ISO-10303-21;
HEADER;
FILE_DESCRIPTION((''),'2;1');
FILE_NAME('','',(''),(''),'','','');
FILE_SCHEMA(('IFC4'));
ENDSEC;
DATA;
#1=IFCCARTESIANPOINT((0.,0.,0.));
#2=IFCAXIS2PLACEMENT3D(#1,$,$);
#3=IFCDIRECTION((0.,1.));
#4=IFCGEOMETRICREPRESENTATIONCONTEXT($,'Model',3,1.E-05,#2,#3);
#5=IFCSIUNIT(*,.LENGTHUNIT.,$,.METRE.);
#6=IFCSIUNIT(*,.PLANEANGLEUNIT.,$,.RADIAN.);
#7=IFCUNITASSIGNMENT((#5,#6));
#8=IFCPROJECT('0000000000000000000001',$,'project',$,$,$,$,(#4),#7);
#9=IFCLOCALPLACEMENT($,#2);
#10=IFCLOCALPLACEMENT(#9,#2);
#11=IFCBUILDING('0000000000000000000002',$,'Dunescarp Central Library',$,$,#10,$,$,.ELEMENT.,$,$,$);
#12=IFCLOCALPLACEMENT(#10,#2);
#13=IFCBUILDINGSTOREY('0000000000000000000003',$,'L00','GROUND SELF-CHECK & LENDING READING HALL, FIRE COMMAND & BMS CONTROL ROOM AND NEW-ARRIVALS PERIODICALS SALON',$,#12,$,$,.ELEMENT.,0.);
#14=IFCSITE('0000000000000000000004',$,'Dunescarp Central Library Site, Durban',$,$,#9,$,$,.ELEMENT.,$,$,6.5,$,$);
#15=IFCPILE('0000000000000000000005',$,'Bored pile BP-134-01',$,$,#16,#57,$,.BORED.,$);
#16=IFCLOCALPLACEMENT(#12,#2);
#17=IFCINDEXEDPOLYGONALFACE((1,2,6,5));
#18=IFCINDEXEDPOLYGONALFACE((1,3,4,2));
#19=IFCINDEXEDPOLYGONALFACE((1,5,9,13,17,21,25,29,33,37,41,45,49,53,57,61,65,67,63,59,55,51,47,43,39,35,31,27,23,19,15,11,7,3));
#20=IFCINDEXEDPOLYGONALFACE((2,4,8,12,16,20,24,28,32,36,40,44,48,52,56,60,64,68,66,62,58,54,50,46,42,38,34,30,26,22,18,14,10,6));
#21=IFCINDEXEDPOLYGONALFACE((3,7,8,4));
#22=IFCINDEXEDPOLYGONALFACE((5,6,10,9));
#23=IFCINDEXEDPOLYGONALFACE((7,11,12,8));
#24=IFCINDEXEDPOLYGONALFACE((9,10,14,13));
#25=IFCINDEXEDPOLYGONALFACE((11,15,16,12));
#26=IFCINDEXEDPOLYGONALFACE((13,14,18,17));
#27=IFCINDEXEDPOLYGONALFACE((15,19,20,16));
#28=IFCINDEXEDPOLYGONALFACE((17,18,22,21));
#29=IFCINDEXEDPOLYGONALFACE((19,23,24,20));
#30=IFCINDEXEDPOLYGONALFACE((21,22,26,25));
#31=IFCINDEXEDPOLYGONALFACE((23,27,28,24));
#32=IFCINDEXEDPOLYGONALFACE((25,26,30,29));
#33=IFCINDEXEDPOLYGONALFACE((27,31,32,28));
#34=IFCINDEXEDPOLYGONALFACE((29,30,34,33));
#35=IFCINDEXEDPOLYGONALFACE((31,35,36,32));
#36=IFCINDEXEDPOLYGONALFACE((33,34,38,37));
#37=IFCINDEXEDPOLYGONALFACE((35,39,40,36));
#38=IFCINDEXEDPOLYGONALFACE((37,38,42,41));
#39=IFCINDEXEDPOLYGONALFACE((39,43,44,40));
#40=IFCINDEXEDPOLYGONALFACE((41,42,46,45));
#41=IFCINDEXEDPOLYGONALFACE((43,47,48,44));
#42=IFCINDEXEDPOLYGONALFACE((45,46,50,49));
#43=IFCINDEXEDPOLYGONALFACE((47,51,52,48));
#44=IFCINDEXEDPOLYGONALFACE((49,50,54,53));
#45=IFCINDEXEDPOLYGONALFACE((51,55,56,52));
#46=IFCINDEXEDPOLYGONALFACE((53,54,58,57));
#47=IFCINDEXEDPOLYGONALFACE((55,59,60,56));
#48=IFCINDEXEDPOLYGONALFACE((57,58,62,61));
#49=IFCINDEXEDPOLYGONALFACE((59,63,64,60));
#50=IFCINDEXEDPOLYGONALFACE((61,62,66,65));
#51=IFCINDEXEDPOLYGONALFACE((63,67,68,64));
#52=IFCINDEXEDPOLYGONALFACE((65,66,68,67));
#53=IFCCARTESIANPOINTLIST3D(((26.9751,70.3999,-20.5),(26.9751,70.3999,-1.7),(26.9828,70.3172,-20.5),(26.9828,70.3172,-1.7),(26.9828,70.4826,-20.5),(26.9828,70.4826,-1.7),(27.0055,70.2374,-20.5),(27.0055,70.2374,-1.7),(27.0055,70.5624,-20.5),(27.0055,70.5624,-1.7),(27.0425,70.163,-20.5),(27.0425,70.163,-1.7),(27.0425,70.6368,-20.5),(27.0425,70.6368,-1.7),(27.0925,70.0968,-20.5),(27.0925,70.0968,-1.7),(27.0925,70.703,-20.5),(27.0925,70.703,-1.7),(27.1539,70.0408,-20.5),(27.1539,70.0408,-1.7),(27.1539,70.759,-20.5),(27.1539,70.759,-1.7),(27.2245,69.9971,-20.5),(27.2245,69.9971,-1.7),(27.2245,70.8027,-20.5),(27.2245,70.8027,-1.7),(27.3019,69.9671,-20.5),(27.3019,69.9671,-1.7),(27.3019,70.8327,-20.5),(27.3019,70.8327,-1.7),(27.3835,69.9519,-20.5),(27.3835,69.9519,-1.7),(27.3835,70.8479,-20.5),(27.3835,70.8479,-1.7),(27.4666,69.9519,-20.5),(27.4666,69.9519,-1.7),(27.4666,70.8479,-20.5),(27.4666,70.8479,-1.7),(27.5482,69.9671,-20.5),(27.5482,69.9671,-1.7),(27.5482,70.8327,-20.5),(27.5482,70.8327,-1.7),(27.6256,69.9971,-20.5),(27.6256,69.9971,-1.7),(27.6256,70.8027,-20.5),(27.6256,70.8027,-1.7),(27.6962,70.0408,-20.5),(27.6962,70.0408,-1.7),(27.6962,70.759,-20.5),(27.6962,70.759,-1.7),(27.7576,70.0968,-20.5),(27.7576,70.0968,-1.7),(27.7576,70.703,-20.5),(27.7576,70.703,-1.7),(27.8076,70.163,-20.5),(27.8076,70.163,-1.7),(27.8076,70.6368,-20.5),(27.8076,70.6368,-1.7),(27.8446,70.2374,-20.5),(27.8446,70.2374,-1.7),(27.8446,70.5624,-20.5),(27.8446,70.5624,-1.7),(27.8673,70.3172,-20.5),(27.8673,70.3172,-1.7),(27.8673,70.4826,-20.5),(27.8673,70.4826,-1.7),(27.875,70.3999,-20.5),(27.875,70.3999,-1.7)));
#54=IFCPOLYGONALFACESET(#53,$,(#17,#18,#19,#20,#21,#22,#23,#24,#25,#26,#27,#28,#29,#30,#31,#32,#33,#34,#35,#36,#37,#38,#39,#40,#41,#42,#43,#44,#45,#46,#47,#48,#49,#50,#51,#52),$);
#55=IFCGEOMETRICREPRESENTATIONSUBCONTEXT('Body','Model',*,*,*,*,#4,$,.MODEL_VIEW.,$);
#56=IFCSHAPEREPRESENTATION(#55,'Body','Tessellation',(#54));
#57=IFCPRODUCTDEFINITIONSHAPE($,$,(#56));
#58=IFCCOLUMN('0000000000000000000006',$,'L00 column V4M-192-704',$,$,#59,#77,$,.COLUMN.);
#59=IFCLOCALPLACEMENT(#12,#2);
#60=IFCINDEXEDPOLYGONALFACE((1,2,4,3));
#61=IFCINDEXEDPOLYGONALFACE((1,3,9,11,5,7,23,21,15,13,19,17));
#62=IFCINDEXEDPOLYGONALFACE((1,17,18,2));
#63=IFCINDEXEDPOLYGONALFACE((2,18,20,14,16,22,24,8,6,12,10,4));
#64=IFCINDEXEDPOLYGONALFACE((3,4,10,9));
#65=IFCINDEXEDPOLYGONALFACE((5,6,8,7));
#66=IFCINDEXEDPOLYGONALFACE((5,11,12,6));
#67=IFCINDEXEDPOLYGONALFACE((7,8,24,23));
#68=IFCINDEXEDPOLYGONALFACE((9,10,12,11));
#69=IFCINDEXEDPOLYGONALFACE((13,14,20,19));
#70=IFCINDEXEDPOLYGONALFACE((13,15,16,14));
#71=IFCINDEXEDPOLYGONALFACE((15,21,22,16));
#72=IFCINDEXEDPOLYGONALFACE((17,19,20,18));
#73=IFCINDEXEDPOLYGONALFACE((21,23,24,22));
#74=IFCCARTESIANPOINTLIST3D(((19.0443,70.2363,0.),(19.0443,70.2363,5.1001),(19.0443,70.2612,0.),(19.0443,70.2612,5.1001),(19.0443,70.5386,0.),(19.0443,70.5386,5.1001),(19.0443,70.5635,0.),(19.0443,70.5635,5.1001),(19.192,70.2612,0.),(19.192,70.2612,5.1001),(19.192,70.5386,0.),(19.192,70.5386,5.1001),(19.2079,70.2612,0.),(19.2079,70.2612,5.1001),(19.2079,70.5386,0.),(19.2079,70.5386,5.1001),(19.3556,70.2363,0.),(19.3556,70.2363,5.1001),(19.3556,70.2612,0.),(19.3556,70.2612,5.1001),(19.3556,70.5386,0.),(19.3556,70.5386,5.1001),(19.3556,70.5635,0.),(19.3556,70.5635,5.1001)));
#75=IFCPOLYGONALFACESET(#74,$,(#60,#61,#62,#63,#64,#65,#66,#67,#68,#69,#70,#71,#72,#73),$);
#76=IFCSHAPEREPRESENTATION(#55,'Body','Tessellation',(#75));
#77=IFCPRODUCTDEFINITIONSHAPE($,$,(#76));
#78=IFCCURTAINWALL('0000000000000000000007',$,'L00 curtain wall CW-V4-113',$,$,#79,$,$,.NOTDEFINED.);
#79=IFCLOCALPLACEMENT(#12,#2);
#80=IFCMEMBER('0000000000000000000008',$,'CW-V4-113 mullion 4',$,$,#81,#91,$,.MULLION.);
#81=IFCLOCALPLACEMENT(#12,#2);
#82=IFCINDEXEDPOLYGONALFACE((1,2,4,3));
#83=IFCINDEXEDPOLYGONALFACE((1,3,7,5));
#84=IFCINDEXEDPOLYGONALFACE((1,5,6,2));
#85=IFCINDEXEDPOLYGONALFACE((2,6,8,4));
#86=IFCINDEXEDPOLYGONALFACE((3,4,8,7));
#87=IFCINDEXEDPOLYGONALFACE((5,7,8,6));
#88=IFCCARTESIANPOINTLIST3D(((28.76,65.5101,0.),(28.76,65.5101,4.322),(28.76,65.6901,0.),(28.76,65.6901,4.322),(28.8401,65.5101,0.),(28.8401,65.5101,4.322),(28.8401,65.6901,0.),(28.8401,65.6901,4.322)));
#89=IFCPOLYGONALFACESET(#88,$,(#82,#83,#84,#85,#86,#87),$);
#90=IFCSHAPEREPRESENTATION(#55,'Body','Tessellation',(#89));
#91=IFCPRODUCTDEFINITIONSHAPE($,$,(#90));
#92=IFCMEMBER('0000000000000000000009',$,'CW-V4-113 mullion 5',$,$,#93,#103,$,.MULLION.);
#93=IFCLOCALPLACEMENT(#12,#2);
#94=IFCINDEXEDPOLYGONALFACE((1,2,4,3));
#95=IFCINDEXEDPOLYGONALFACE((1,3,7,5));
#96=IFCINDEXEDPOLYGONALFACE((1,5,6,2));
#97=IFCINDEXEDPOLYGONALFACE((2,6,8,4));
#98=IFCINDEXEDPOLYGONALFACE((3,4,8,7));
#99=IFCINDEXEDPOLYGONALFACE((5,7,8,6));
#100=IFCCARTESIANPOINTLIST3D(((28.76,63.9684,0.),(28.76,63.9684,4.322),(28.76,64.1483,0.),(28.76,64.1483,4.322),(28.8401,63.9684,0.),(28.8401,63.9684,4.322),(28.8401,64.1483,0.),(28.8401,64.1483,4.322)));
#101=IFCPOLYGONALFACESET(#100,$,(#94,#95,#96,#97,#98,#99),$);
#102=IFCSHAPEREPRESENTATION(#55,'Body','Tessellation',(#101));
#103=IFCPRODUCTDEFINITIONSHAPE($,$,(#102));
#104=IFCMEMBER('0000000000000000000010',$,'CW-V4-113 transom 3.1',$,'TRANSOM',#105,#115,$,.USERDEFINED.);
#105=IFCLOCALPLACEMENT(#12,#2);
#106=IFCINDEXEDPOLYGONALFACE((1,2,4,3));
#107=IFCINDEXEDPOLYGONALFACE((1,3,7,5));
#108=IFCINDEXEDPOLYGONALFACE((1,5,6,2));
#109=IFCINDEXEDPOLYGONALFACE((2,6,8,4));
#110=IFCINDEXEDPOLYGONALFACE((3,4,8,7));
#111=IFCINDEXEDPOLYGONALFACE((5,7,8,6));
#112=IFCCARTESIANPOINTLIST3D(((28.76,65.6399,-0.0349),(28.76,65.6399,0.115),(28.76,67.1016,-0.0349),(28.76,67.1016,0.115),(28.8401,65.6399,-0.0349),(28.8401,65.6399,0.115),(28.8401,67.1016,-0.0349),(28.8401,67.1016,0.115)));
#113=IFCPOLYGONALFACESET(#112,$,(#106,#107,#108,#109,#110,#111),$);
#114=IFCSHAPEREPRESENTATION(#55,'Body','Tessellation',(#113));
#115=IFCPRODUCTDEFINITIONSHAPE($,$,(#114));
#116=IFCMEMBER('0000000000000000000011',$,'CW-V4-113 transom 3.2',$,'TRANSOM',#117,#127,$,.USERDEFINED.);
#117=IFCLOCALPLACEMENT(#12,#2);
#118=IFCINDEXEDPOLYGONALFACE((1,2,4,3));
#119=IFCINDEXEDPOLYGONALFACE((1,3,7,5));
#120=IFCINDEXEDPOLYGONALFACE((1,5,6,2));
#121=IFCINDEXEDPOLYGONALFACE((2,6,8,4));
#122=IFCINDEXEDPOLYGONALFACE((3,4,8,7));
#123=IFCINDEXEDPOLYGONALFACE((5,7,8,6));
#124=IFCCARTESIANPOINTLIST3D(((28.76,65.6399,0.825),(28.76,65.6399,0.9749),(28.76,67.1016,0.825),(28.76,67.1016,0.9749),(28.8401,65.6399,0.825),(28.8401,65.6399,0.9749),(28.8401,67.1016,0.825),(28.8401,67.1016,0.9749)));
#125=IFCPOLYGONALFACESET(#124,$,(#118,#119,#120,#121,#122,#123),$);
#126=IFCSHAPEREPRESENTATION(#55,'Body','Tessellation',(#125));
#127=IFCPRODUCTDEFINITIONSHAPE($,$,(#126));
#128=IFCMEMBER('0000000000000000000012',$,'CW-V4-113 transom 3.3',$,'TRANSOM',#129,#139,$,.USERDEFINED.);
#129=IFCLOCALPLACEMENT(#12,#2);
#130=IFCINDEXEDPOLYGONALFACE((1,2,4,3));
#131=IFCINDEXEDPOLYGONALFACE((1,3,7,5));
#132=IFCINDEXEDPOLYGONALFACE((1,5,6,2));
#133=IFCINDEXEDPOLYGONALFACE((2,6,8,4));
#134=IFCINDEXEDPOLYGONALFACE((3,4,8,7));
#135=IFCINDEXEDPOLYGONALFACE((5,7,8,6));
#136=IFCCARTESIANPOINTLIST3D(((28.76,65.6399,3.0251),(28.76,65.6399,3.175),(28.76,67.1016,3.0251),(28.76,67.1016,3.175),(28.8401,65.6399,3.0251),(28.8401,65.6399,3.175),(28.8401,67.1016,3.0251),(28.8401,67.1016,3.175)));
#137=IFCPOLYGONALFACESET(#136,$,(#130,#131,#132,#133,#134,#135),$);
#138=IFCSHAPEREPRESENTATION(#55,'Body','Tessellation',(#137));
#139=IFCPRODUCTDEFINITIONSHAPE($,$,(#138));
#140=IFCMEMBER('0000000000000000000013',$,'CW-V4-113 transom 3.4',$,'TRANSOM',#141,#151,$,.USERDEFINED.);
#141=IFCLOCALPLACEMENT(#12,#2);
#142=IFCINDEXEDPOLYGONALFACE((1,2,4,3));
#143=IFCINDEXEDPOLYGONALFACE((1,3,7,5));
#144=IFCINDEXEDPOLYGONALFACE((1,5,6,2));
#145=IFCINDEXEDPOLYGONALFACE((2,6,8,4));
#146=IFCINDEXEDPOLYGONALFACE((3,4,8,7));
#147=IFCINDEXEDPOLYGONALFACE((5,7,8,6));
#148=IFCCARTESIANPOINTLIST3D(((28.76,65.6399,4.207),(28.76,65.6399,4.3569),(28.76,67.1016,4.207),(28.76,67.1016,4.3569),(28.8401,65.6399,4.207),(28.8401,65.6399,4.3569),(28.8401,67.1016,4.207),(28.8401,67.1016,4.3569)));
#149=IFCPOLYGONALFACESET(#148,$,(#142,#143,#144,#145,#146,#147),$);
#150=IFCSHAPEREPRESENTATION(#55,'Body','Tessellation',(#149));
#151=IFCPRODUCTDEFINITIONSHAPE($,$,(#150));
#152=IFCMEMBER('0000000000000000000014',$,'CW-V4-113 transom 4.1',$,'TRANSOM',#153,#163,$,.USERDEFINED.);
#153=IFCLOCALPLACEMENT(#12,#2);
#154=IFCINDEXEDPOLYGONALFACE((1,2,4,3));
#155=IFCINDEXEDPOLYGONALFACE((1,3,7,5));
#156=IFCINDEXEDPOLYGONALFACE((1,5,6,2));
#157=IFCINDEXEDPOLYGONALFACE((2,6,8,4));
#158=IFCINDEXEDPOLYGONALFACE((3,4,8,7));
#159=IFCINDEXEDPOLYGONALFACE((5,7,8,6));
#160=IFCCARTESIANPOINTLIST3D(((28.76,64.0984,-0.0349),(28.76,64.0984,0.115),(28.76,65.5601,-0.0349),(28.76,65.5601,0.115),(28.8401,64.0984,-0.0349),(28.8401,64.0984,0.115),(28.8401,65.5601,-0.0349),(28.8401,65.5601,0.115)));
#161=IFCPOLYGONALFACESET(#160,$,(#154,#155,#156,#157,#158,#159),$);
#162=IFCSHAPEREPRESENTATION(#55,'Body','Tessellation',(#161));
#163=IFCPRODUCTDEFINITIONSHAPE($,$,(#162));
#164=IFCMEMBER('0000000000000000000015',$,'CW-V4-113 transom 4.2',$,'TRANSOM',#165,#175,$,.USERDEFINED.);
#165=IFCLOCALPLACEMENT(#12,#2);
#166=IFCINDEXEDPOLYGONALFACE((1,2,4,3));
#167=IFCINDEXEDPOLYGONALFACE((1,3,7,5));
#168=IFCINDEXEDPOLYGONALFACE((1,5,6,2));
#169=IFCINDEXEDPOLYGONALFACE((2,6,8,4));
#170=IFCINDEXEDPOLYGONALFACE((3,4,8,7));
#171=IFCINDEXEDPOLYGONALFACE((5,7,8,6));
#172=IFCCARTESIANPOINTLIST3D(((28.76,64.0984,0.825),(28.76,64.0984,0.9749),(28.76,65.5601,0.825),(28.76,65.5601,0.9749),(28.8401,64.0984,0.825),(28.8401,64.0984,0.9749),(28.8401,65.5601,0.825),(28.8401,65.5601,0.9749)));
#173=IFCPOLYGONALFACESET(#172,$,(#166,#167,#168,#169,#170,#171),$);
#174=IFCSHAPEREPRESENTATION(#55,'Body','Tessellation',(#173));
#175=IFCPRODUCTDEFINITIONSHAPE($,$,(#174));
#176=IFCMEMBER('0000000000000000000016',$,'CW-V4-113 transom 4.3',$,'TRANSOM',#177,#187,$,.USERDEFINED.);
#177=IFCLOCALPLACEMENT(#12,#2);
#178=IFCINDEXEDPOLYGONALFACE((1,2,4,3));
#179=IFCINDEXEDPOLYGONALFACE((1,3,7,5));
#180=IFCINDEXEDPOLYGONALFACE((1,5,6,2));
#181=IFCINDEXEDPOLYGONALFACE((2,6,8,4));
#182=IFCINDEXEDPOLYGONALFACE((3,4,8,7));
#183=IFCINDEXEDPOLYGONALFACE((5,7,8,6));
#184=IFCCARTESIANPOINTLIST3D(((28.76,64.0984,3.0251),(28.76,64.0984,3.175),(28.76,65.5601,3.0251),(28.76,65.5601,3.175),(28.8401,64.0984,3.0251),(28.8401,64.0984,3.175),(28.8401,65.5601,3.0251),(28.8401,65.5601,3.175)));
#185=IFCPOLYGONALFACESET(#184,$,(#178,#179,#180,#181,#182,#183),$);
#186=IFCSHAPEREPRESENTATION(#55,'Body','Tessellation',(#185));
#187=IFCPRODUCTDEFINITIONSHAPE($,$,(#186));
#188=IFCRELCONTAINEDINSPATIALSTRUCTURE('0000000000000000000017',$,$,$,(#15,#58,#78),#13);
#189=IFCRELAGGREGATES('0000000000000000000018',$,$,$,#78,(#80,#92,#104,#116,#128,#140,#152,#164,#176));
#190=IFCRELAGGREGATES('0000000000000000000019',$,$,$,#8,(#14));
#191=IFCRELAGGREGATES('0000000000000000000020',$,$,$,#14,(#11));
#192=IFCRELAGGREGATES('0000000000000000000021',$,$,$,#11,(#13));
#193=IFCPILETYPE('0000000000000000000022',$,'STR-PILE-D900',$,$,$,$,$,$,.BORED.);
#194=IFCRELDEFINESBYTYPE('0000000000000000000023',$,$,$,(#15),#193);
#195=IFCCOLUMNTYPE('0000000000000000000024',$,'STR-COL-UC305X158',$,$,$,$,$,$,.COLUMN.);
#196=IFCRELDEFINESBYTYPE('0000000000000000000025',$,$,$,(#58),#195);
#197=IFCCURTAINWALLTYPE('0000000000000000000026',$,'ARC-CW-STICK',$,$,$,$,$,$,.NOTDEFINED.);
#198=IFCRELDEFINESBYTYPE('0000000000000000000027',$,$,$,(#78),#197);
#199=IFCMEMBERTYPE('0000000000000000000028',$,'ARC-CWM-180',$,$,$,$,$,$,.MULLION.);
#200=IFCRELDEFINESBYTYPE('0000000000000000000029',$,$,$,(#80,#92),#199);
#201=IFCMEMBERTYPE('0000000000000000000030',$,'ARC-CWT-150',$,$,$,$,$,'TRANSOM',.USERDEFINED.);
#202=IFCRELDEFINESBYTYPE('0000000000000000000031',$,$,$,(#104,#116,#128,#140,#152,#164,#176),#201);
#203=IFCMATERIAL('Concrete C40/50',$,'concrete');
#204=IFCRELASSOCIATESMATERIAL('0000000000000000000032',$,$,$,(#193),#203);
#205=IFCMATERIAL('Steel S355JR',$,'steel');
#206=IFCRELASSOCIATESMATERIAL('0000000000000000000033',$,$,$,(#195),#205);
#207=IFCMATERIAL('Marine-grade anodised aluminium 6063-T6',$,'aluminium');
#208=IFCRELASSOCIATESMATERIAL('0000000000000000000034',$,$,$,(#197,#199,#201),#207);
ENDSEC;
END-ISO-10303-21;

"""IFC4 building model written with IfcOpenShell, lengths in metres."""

from ifc_helpers import new_model, si_unit, direction, frame, origin, origin_2d, place, context, subcontext, project, spatial, rectangle, circle, i_section, extrude, material, material_profile, profile_set, type_object, element, aggregate, save


model = new_model("IFC4")

# Units and contexts
model_context = context("Model", 3, precision=1e-05, world=origin(), true_north=direction((0.0, 1.0)))
body_context = subcontext(model_context, "Body", "Model", "MODEL_VIEW")
ifc_project = project(units=[si_unit("LENGTHUNIT", "METRE"), si_unit("PLANEANGLEUNIT", "RADIAN")], contexts=[model_context])

# Site, building, storey
site_placement = place(None, origin())
site = spatial("IfcSite", under=ifc_project, at=site_placement, Name="Dunescarp Central Library Site, Durban", CompositionType="ELEMENT", RefElevation=6.5)
building_placement = place(site_placement, origin())
building = spatial("IfcBuilding", under=site, at=building_placement, Name="Dunescarp Central Library", CompositionType="ELEMENT")
storey_placement = place(building_placement, origin())
storey = spatial("IfcBuildingStorey", under=building, at=storey_placement, Name="L00", Description="GROUND SELF-CHECK & LENDING READING HALL, FIRE COMMAND & BMS CONTROL ROOM AND NEW-ARRIVALS PERIODICALS SALON", CompositionType="ELEMENT", Elevation=0.0)

# Shared definitions
ifc_material_1 = material(Name="Concrete C40/50", Category="concrete")

# Pile
ifc_material_profile_1 = material_profile(ifc_material_1, circle(Radius=0.45, at=origin_2d()), Name="PILE D900")
ifc_profile_set_1 = profile_set([ifc_material_profile_1], Name="Concrete C40/50")
pile_type = type_object("IfcPileType", Name="STR-PILE-D900", PredefinedType="BORED", material=ifc_profile_set_1)
for number, where, z_axis, x_axis, name in (
    (1, (27.425, 70.3999, -1.7), (0.0, 0.0, -1.0), (1.0, 0.0, 0.0), "Bored pile BP-134-01"),
):
    element("IfcPile", number, at=place(storey_placement, frame(where, z_axis=z_axis, x_axis=x_axis)), inside=storey, type_object=pile_type, Name=name, PredefinedType="BORED", context=body_context, shape_type="SweptSolid", body=[
        extrude(circle(Radius=0.45, at=origin_2d()), origin(), (0.0, 0.0, 1.0), 18.8),
    ])

# Column
ifc_material_2 = material(Name="Steel S355JR", Category="steel")
ifc_material_profile_2 = material_profile(ifc_material_2, i_section(OverallWidth=0.3113, OverallDepth=0.3271, WebThickness=0.0159, FlangeThickness=0.0249, at=origin_2d()), Name="UC 305x305x158")
ifc_profile_set_2 = profile_set([ifc_material_profile_2], Name="Steel S355JR")
column_type = type_object("IfcColumnType", Name="STR-COL-UC305X158", PredefinedType="COLUMN", material=ifc_profile_set_2)
column_placement = place(storey_placement, frame((19.2, 70.3999, 0.0), z_axis=(0.0, 0.0, 1.0), x_axis=(1.0, 0.0, 0.0)))
element("IfcColumn", 2, at=column_placement, inside=storey, type_object=column_type, Name="L00 column V4M-192-704", PredefinedType="COLUMN", context=body_context, shape_type="SweptSolid", body=[
    extrude(i_section(OverallWidth=0.3113, OverallDepth=0.3271, WebThickness=0.0159, FlangeThickness=0.0249, at=origin_2d()), origin(), (0.0, 0.0, 1.0), 5.1001),
])

# Curtain wall, members
ifc_material_3 = material(Name="Marine-grade anodised aluminium 6063-T6", Category="aluminium")
curtain_wall_type = type_object("IfcCurtainWallType", Name="ARC-CW-STICK", PredefinedType="NOTDEFINED", material=ifc_material_3)
curtain_wall_placement = place(storey_placement, origin())
curtain_wall = element("IfcCurtainWall", 3, at=curtain_wall_placement, inside=storey, type_object=curtain_wall_type, Name="L00 curtain wall CW-V4-113", PredefinedType="NOTDEFINED")
ifc_material_profile_3 = material_profile(ifc_material_3, rectangle(XDim=0.0801, YDim=0.1799, at=origin_2d()), Name="AL 80x180")
ifc_profile_set_3 = profile_set([ifc_material_profile_3], Name="Marine-grade anodised aluminium 6063-T6")
member_type_1 = type_object("IfcMemberType", Name="ARC-CWM-180", PredefinedType="MULLION", material=ifc_profile_set_3)
member_1_placement = place(storey_placement, frame((28.8, 65.6001, 0.0), z_axis=(0.0, 0.0, 1.0), x_axis=(1.0, 0.0, 0.0)))
member_1 = element("IfcMember", 4, at=member_1_placement, type_object=member_type_1, Name="CW-V4-113 mullion 4", PredefinedType="MULLION", context=body_context, shape_type="SweptSolid", body=[
    extrude(rectangle(XDim=0.0801, YDim=0.1799, at=origin_2d()), origin(), (0.0, 0.0, 1.0), 4.322),
])
member_2_placement = place(storey_placement, frame((28.8, 64.0583, 0.0), z_axis=(0.0, 0.0, 1.0), x_axis=(1.0, 0.0, 0.0)))
member_2 = element("IfcMember", 5, at=member_2_placement, type_object=member_type_1, Name="CW-V4-113 mullion 5", PredefinedType="MULLION", context=body_context, shape_type="SweptSolid", body=[
    extrude(rectangle(XDim=0.0801, YDim=0.1799, at=origin_2d()), origin(), (0.0, 0.0, 1.0), 4.322),
])
ifc_material_profile_4 = material_profile(ifc_material_3, rectangle(XDim=0.0801, YDim=0.1499, at=origin_2d()), Name="AL 80x150")
ifc_profile_set_4 = profile_set([ifc_material_profile_4], Name="Marine-grade anodised aluminium 6063-T6")
member_type_2 = type_object("IfcMemberType", Name="ARC-CWT-150", ElementType="TRANSOM", PredefinedType="USERDEFINED", material=ifc_profile_set_4)
member_3_placement = place(storey_placement, frame((28.8, 67.1016, 0.04), z_axis=(0.0, -1.0, 0.0), x_axis=(1.0, 0.0, 0.0)))
member_3 = element("IfcMember", 6, at=member_3_placement, type_object=member_type_2, Name="CW-V4-113 transom 3.1", ObjectType="TRANSOM", PredefinedType="USERDEFINED", context=body_context, shape_type="SweptSolid", body=[
    extrude(rectangle(XDim=0.0801, YDim=0.1499, at=origin_2d()), origin(), (0.0, 0.0, 1.0), 1.4617),
])
member_4_placement = place(storey_placement, frame((28.8, 67.1016, 0.8999), z_axis=(0.0, -1.0, 0.0), x_axis=(1.0, 0.0, 0.0)))
member_4 = element("IfcMember", 7, at=member_4_placement, type_object=member_type_2, Name="CW-V4-113 transom 3.2", ObjectType="TRANSOM", PredefinedType="USERDEFINED", context=body_context, shape_type="SweptSolid", body=[
    extrude(rectangle(XDim=0.0801, YDim=0.1499, at=origin_2d()), origin(), (0.0, 0.0, 1.0), 1.4617),
])
member_5_placement = place(storey_placement, frame((28.8, 67.1016, 3.1001), z_axis=(0.0, -1.0, 0.0), x_axis=(1.0, 0.0, 0.0)))
member_5 = element("IfcMember", 8, at=member_5_placement, type_object=member_type_2, Name="CW-V4-113 transom 3.3", ObjectType="TRANSOM", PredefinedType="USERDEFINED", context=body_context, shape_type="SweptSolid", body=[
    extrude(rectangle(XDim=0.0801, YDim=0.1499, at=origin_2d()), origin(), (0.0, 0.0, 1.0), 1.4617),
])
member_6_placement = place(storey_placement, frame((28.8, 67.1016, 4.282), z_axis=(0.0, -1.0, 0.0), x_axis=(1.0, 0.0, 0.0)))
member_6 = element("IfcMember", 9, at=member_6_placement, type_object=member_type_2, Name="CW-V4-113 transom 3.4", ObjectType="TRANSOM", PredefinedType="USERDEFINED", context=body_context, shape_type="SweptSolid", body=[
    extrude(rectangle(XDim=0.0801, YDim=0.1499, at=origin_2d()), origin(), (0.0, 0.0, 1.0), 1.4617),
])
member_7_placement = place(storey_placement, frame((28.8, 65.5601, 0.04), z_axis=(0.0, -1.0, 0.0), x_axis=(1.0, 0.0, 0.0)))
member_7 = element("IfcMember", 10, at=member_7_placement, type_object=member_type_2, Name="CW-V4-113 transom 4.1", ObjectType="TRANSOM", PredefinedType="USERDEFINED", context=body_context, shape_type="SweptSolid", body=[
    extrude(rectangle(XDim=0.0801, YDim=0.1499, at=origin_2d()), origin(), (0.0, 0.0, 1.0), 1.4617),
])
member_8_placement = place(storey_placement, frame((28.8, 65.5601, 0.8999), z_axis=(0.0, -1.0, 0.0), x_axis=(1.0, 0.0, 0.0)))
member_8 = element("IfcMember", 11, at=member_8_placement, type_object=member_type_2, Name="CW-V4-113 transom 4.2", ObjectType="TRANSOM", PredefinedType="USERDEFINED", context=body_context, shape_type="SweptSolid", body=[
    extrude(rectangle(XDim=0.0801, YDim=0.1499, at=origin_2d()), origin(), (0.0, 0.0, 1.0), 1.4617),
])
member_9_placement = place(storey_placement, frame((28.8, 65.5601, 3.1001), z_axis=(0.0, -1.0, 0.0), x_axis=(1.0, 0.0, 0.0)))
member_9 = element("IfcMember", 12, at=member_9_placement, type_object=member_type_2, Name="CW-V4-113 transom 4.3", ObjectType="TRANSOM", PredefinedType="USERDEFINED", context=body_context, shape_type="SweptSolid", body=[
    extrude(rectangle(XDim=0.0801, YDim=0.1499, at=origin_2d()), origin(), (0.0, 0.0, 1.0), 1.4617),
])
aggregate(curtain_wall, [member_1, member_2, member_3, member_4, member_5, member_6, member_7, member_8, member_9])

save(model, "model.ifc")
